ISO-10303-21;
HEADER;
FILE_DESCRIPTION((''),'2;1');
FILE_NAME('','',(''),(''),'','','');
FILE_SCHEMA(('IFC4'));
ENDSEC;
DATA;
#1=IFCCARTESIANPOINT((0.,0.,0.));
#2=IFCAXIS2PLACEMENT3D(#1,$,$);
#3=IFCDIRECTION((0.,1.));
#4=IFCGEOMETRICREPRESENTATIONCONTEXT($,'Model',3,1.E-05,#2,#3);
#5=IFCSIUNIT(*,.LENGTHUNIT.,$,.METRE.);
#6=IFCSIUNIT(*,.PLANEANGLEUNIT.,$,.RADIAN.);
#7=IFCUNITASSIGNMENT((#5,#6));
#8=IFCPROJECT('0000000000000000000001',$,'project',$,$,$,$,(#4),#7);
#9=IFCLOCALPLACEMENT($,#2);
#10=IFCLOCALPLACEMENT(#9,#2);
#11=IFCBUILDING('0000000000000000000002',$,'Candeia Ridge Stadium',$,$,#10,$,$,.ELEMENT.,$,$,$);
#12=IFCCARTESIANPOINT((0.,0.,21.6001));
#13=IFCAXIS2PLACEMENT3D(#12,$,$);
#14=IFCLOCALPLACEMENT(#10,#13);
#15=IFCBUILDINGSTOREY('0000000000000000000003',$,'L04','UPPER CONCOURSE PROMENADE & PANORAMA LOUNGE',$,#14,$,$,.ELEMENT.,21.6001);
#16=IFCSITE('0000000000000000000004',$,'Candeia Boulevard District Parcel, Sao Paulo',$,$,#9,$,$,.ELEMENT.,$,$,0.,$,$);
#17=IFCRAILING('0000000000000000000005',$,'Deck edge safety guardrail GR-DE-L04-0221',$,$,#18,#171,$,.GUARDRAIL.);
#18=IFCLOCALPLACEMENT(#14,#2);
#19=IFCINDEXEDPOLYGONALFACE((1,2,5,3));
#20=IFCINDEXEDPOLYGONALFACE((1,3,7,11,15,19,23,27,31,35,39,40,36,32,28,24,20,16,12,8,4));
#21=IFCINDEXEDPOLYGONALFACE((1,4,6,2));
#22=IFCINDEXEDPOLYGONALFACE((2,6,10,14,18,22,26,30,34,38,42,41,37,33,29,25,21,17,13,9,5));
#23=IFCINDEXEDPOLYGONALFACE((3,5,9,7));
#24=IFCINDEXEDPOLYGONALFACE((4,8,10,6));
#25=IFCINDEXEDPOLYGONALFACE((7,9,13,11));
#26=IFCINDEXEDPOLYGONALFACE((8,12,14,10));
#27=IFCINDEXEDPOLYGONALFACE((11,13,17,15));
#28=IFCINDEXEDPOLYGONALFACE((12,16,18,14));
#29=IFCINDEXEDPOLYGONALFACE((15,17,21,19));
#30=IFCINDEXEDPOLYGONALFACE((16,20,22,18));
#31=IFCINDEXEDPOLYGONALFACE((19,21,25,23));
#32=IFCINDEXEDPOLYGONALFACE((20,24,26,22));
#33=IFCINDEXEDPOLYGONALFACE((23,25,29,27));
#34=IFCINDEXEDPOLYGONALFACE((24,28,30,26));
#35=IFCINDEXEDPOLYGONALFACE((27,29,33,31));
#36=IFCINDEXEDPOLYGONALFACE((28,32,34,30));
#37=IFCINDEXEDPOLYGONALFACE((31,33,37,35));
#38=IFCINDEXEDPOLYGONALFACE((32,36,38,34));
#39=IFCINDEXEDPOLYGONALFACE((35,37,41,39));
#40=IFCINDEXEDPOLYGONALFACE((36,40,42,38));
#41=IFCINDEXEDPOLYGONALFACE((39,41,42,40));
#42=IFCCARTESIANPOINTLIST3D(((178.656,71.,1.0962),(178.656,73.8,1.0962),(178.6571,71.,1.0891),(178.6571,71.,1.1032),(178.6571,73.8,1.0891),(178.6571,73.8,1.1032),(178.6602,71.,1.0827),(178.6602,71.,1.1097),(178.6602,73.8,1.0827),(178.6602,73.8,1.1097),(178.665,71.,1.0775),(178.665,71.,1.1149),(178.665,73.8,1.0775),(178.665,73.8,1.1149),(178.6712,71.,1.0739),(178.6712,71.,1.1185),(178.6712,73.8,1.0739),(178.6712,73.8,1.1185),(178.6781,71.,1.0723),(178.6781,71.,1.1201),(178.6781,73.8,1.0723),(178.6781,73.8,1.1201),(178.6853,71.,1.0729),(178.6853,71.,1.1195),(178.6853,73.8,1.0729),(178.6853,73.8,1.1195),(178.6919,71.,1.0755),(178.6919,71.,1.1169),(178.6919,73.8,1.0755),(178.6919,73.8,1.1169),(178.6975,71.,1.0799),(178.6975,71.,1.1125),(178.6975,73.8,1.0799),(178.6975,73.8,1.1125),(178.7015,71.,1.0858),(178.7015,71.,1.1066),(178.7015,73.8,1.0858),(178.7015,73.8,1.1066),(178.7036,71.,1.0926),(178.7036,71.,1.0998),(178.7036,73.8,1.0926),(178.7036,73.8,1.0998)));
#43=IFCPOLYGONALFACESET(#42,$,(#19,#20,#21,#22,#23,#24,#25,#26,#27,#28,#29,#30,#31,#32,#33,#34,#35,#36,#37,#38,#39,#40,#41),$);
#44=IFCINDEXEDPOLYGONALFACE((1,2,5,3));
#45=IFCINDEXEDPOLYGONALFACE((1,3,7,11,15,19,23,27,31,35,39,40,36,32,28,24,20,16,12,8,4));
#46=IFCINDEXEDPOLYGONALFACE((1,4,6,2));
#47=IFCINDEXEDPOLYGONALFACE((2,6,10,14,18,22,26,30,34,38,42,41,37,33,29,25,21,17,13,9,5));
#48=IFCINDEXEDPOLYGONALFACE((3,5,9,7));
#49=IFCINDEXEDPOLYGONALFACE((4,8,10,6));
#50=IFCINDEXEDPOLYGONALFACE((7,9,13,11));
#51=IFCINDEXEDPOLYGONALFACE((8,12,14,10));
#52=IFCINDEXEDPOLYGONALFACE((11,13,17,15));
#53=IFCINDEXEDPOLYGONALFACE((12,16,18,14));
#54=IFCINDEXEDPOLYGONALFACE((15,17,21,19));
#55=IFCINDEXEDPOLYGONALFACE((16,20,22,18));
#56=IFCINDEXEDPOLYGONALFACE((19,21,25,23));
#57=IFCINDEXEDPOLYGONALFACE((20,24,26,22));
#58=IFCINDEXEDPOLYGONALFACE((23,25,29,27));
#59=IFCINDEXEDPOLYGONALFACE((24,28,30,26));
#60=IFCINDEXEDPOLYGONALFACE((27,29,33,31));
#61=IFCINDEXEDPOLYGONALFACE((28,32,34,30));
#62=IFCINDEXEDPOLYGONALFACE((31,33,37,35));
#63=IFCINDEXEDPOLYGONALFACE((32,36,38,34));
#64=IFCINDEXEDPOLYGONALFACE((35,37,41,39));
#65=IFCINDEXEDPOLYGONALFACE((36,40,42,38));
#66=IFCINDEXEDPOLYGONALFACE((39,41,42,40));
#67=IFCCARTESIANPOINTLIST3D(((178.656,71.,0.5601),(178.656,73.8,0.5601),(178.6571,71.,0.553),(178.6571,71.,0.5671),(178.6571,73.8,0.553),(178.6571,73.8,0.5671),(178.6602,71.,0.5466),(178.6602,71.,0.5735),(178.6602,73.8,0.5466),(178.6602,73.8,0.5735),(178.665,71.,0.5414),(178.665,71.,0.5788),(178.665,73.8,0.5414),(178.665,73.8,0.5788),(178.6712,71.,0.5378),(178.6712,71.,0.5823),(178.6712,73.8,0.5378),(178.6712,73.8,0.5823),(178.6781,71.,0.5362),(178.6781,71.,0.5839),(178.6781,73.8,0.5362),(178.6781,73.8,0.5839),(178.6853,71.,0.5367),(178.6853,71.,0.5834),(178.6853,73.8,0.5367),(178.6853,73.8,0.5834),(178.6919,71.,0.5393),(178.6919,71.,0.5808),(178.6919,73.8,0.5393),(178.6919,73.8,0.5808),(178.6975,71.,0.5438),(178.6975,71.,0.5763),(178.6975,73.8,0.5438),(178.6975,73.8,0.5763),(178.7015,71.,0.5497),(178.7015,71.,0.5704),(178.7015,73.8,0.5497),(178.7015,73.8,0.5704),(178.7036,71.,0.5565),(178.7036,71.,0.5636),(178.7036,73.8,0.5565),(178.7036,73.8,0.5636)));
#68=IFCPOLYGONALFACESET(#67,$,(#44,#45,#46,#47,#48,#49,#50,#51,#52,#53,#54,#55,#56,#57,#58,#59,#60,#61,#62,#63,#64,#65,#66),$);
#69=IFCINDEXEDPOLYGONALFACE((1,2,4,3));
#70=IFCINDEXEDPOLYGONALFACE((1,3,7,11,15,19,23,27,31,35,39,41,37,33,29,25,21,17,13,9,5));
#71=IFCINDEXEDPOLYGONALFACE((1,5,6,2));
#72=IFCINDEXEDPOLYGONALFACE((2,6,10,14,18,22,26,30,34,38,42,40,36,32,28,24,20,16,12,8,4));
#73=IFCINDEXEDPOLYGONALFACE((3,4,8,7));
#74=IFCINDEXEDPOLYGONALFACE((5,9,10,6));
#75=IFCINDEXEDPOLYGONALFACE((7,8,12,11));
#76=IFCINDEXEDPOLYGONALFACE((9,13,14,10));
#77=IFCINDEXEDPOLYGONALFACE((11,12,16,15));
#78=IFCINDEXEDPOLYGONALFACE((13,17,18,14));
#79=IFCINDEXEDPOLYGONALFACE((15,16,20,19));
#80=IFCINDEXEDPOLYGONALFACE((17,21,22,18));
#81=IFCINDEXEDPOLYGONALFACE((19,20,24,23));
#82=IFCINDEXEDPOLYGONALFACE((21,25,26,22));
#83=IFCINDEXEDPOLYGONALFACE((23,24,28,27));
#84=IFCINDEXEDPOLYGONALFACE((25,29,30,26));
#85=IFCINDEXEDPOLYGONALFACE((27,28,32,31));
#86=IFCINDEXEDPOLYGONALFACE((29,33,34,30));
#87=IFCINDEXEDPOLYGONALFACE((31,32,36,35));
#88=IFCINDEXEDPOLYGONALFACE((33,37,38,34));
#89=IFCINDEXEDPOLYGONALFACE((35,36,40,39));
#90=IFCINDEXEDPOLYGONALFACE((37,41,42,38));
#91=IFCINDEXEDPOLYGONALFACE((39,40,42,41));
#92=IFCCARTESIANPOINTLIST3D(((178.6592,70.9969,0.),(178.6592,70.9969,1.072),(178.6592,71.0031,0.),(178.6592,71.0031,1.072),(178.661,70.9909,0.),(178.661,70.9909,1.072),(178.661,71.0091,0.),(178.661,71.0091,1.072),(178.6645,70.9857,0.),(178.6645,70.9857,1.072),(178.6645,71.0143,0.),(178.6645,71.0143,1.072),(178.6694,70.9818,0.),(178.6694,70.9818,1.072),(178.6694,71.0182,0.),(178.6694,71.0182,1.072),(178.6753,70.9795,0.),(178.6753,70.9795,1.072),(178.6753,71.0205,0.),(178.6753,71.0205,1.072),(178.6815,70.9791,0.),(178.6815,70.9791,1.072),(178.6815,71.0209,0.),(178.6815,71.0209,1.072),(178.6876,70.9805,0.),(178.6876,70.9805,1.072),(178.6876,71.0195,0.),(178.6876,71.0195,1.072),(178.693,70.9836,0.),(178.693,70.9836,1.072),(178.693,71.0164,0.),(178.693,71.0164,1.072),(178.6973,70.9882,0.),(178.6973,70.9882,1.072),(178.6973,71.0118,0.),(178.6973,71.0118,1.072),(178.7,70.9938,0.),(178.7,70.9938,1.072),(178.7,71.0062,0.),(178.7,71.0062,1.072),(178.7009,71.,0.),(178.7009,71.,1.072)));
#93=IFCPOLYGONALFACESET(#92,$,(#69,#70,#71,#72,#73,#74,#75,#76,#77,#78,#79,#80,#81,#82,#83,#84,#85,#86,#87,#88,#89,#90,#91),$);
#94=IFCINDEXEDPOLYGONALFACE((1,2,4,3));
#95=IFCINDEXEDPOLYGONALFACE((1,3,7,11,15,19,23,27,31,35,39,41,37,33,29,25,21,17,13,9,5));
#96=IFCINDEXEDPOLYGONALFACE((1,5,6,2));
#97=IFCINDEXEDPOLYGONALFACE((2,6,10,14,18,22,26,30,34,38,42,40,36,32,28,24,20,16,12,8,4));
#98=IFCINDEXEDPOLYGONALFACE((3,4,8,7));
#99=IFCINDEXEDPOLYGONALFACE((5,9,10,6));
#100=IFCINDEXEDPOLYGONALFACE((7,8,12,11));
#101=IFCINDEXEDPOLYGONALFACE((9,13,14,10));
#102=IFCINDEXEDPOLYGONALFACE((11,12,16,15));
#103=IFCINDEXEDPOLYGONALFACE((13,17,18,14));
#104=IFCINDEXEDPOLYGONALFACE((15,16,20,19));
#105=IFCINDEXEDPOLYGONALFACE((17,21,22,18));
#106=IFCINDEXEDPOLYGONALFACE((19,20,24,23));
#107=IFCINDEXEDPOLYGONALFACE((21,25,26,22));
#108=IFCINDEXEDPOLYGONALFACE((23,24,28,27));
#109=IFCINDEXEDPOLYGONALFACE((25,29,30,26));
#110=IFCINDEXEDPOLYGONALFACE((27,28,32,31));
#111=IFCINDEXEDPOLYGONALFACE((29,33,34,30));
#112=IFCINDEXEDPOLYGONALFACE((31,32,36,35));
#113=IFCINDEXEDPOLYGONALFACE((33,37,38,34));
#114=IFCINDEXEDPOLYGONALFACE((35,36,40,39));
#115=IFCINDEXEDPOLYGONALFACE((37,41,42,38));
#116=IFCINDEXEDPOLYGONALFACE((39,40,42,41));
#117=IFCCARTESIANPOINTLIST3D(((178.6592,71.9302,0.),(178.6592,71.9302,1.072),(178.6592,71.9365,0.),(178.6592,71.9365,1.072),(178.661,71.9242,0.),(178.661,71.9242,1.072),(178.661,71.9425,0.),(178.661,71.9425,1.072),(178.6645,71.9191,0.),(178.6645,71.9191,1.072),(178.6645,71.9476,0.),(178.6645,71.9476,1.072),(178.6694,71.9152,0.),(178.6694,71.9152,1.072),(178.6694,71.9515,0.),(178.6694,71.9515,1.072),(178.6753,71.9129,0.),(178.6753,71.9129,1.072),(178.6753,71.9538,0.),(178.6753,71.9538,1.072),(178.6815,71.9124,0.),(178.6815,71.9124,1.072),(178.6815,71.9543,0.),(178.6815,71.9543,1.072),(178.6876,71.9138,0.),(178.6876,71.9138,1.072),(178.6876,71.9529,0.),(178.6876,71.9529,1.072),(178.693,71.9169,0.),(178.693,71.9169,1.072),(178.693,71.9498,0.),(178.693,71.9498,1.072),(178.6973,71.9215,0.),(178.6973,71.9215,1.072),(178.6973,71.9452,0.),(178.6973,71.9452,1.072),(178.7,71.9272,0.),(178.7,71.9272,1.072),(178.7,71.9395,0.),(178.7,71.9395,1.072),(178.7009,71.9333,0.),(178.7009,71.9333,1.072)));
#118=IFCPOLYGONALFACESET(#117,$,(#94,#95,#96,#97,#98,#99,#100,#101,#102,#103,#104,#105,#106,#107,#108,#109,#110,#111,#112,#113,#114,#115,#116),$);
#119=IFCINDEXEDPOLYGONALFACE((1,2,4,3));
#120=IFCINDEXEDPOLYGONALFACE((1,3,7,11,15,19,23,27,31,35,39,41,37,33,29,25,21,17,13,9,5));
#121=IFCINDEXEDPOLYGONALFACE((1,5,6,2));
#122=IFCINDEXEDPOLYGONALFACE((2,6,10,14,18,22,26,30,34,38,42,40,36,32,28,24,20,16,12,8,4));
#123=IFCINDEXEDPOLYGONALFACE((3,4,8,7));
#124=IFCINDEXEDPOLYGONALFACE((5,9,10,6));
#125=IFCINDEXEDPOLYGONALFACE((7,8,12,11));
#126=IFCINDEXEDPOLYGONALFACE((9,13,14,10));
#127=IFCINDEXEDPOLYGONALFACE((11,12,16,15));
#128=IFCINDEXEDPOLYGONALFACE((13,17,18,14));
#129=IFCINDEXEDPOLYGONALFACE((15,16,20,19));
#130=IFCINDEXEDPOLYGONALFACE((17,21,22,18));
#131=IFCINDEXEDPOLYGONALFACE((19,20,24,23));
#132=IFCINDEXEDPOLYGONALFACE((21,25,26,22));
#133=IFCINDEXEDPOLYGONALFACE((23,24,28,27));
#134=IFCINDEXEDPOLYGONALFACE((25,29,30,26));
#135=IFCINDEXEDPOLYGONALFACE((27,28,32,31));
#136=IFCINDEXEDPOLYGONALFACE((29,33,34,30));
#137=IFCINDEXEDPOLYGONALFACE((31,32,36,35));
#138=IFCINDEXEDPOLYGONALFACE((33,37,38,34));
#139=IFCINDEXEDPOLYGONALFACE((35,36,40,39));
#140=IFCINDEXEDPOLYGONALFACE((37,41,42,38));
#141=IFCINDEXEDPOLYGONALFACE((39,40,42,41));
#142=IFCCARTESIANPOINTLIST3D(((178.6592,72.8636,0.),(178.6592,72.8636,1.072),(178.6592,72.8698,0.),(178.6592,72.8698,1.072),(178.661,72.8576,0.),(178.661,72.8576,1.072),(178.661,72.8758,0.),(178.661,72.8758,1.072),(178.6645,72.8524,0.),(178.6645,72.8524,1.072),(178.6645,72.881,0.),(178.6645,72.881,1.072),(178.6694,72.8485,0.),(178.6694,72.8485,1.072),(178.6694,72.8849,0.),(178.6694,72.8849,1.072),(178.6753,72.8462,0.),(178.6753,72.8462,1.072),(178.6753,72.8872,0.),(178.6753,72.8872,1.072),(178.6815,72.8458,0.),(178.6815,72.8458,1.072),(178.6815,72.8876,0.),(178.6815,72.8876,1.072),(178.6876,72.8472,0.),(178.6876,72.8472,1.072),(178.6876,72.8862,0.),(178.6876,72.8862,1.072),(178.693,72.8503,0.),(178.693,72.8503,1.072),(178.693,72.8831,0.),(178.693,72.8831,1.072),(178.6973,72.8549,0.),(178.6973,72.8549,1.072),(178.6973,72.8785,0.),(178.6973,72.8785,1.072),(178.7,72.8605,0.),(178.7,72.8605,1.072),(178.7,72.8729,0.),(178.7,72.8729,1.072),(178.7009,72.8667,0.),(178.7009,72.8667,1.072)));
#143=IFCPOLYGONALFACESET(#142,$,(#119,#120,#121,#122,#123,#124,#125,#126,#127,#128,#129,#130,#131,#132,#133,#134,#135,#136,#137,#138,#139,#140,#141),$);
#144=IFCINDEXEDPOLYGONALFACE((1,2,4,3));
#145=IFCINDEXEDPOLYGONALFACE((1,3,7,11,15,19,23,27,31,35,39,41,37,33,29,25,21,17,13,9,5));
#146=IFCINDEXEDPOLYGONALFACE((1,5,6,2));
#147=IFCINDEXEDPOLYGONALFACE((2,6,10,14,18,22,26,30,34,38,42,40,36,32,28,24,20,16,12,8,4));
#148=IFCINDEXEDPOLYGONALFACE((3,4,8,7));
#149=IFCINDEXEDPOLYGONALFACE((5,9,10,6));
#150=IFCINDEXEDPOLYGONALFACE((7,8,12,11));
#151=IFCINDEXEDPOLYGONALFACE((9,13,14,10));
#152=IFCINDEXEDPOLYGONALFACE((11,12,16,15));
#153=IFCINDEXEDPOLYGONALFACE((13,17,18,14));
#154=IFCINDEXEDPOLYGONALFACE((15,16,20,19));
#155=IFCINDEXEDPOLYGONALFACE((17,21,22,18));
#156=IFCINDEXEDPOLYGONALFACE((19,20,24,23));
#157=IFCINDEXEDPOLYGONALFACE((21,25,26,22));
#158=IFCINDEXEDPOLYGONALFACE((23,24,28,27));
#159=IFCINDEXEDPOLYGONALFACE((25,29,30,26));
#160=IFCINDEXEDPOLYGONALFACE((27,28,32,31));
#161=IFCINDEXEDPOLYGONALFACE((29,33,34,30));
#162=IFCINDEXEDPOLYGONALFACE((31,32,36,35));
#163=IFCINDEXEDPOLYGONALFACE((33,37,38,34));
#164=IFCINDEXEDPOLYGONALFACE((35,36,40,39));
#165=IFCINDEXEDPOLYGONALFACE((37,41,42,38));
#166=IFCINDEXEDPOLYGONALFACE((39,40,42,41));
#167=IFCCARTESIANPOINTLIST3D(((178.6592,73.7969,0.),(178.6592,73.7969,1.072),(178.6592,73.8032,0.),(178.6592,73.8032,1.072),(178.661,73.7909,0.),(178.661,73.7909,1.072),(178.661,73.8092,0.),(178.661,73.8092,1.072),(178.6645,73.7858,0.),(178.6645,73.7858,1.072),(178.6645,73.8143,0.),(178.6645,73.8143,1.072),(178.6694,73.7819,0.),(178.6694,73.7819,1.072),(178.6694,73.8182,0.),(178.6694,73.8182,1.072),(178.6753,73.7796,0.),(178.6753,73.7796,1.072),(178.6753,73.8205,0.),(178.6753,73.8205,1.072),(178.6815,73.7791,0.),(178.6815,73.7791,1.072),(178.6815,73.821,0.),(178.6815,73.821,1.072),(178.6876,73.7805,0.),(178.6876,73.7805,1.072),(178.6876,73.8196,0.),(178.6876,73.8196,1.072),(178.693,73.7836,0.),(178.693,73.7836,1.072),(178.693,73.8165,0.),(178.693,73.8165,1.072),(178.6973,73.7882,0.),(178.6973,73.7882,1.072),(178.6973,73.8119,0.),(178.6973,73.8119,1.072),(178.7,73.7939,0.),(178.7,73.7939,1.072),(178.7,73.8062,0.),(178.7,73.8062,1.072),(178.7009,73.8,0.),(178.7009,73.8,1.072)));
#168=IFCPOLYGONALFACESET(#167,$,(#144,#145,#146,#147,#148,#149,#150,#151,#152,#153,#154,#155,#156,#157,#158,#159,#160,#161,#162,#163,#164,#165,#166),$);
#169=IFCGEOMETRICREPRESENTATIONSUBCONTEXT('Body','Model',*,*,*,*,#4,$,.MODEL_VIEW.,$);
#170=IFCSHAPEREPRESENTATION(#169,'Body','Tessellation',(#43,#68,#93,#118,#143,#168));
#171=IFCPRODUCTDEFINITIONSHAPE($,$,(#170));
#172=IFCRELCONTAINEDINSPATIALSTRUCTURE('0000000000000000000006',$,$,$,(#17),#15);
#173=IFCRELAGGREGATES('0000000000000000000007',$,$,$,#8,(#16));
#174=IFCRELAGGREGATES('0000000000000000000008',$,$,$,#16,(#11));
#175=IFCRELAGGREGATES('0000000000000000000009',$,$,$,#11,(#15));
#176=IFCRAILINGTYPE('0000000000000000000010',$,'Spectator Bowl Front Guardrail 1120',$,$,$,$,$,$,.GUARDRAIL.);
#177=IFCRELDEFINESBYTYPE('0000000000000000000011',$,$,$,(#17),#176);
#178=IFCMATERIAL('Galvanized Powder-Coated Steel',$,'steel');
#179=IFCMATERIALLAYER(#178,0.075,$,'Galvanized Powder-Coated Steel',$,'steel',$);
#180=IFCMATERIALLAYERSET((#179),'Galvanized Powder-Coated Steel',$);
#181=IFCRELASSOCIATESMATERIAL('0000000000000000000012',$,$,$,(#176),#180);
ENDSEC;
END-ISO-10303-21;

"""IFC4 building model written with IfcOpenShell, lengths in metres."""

from ifc_helpers import new_model, si_unit, direction, frame, origin, origin_2d, place, context, subcontext, project, spatial, circle, extrude, material, layer, layer_set, type_object, element, save


model = new_model("IFC4")

# Units and contexts
model_context = context("Model", 3, precision=1e-05, world=origin(), true_north=direction((0.0, 1.0)))
body_context = subcontext(model_context, "Body", "Model", "MODEL_VIEW")
ifc_project = project(units=[si_unit("LENGTHUNIT", "METRE"), si_unit("PLANEANGLEUNIT", "RADIAN")], contexts=[model_context])

# Site, building, storey
site_placement = place(None, origin())
site = spatial("IfcSite", under=ifc_project, at=site_placement, Name="Candeia Boulevard District Parcel, Sao Paulo", CompositionType="ELEMENT", RefElevation=0.0)
building_placement = place(site_placement, origin())
building = spatial("IfcBuilding", under=site, at=building_placement, Name="Candeia Ridge Stadium", CompositionType="ELEMENT")
storey_placement = place(building_placement, frame((0.0, 0.0, 21.6001)))
storey = spatial("IfcBuildingStorey", under=building, at=storey_placement, Name="L04", Description="UPPER CONCOURSE PROMENADE & PANORAMA LOUNGE", CompositionType="ELEMENT", Elevation=21.6001)

# Railing
ifc_material_1 = material(Name="Galvanized Powder-Coated Steel", Category="steel")
ifc_layer_1 = layer(ifc_material_1, 0.075, Name="Galvanized Powder-Coated Steel", Category="steel")
ifc_layer_set_1 = layer_set([ifc_layer_1], Name="Galvanized Powder-Coated Steel")
railing_type_1 = type_object("IfcRailingType", Name="Spectator Bowl Front Guardrail 1120", PredefinedType="GUARDRAIL", material=ifc_layer_set_1)
railing_1_placement = place(storey_placement, frame((178.6799, 71.0, 0.0)))
element("IfcRailing", 1, at=railing_1_placement, inside=storey, type_object=railing_type_1, Name="Deck edge safety guardrail GR-DE-L04-0221", PredefinedType="GUARDRAIL", context=body_context, shape_type="SweptSolid", body=[
    extrude(circle(Radius=0.0239, at=origin_2d()), frame((0.0, 0.0, 1.0962), z_axis=(0.0, 1.0, 0.0), x_axis=(-1.0, 0.0, 0.0)), (0.0, 0.0, 1.0), 2.8),
    extrude(circle(Radius=0.0239, at=origin_2d()), frame((0.0, 0.0, 0.5601), z_axis=(0.0, 1.0, 0.0), x_axis=(-1.0, 0.0, 0.0)), (0.0, 0.0, 1.0), 2.8),
    extrude(circle(Radius=0.021, at=origin_2d()), origin(), (0.0, 0.0, 1.0), 1.072),
    extrude(circle(Radius=0.021, at=origin_2d()), frame((0.0, 0.9333, 0.0)), (0.0, 0.0, 1.0), 1.072),
    extrude(circle(Radius=0.021, at=origin_2d()), frame((0.0, 1.8667, 0.0)), (0.0, 0.0, 1.0), 1.072),
    extrude(circle(Radius=0.021, at=origin_2d()), frame((0.0, 2.8, 0.0)), (0.0, 0.0, 1.0), 1.072),
])

save(model, "model.ifc")
